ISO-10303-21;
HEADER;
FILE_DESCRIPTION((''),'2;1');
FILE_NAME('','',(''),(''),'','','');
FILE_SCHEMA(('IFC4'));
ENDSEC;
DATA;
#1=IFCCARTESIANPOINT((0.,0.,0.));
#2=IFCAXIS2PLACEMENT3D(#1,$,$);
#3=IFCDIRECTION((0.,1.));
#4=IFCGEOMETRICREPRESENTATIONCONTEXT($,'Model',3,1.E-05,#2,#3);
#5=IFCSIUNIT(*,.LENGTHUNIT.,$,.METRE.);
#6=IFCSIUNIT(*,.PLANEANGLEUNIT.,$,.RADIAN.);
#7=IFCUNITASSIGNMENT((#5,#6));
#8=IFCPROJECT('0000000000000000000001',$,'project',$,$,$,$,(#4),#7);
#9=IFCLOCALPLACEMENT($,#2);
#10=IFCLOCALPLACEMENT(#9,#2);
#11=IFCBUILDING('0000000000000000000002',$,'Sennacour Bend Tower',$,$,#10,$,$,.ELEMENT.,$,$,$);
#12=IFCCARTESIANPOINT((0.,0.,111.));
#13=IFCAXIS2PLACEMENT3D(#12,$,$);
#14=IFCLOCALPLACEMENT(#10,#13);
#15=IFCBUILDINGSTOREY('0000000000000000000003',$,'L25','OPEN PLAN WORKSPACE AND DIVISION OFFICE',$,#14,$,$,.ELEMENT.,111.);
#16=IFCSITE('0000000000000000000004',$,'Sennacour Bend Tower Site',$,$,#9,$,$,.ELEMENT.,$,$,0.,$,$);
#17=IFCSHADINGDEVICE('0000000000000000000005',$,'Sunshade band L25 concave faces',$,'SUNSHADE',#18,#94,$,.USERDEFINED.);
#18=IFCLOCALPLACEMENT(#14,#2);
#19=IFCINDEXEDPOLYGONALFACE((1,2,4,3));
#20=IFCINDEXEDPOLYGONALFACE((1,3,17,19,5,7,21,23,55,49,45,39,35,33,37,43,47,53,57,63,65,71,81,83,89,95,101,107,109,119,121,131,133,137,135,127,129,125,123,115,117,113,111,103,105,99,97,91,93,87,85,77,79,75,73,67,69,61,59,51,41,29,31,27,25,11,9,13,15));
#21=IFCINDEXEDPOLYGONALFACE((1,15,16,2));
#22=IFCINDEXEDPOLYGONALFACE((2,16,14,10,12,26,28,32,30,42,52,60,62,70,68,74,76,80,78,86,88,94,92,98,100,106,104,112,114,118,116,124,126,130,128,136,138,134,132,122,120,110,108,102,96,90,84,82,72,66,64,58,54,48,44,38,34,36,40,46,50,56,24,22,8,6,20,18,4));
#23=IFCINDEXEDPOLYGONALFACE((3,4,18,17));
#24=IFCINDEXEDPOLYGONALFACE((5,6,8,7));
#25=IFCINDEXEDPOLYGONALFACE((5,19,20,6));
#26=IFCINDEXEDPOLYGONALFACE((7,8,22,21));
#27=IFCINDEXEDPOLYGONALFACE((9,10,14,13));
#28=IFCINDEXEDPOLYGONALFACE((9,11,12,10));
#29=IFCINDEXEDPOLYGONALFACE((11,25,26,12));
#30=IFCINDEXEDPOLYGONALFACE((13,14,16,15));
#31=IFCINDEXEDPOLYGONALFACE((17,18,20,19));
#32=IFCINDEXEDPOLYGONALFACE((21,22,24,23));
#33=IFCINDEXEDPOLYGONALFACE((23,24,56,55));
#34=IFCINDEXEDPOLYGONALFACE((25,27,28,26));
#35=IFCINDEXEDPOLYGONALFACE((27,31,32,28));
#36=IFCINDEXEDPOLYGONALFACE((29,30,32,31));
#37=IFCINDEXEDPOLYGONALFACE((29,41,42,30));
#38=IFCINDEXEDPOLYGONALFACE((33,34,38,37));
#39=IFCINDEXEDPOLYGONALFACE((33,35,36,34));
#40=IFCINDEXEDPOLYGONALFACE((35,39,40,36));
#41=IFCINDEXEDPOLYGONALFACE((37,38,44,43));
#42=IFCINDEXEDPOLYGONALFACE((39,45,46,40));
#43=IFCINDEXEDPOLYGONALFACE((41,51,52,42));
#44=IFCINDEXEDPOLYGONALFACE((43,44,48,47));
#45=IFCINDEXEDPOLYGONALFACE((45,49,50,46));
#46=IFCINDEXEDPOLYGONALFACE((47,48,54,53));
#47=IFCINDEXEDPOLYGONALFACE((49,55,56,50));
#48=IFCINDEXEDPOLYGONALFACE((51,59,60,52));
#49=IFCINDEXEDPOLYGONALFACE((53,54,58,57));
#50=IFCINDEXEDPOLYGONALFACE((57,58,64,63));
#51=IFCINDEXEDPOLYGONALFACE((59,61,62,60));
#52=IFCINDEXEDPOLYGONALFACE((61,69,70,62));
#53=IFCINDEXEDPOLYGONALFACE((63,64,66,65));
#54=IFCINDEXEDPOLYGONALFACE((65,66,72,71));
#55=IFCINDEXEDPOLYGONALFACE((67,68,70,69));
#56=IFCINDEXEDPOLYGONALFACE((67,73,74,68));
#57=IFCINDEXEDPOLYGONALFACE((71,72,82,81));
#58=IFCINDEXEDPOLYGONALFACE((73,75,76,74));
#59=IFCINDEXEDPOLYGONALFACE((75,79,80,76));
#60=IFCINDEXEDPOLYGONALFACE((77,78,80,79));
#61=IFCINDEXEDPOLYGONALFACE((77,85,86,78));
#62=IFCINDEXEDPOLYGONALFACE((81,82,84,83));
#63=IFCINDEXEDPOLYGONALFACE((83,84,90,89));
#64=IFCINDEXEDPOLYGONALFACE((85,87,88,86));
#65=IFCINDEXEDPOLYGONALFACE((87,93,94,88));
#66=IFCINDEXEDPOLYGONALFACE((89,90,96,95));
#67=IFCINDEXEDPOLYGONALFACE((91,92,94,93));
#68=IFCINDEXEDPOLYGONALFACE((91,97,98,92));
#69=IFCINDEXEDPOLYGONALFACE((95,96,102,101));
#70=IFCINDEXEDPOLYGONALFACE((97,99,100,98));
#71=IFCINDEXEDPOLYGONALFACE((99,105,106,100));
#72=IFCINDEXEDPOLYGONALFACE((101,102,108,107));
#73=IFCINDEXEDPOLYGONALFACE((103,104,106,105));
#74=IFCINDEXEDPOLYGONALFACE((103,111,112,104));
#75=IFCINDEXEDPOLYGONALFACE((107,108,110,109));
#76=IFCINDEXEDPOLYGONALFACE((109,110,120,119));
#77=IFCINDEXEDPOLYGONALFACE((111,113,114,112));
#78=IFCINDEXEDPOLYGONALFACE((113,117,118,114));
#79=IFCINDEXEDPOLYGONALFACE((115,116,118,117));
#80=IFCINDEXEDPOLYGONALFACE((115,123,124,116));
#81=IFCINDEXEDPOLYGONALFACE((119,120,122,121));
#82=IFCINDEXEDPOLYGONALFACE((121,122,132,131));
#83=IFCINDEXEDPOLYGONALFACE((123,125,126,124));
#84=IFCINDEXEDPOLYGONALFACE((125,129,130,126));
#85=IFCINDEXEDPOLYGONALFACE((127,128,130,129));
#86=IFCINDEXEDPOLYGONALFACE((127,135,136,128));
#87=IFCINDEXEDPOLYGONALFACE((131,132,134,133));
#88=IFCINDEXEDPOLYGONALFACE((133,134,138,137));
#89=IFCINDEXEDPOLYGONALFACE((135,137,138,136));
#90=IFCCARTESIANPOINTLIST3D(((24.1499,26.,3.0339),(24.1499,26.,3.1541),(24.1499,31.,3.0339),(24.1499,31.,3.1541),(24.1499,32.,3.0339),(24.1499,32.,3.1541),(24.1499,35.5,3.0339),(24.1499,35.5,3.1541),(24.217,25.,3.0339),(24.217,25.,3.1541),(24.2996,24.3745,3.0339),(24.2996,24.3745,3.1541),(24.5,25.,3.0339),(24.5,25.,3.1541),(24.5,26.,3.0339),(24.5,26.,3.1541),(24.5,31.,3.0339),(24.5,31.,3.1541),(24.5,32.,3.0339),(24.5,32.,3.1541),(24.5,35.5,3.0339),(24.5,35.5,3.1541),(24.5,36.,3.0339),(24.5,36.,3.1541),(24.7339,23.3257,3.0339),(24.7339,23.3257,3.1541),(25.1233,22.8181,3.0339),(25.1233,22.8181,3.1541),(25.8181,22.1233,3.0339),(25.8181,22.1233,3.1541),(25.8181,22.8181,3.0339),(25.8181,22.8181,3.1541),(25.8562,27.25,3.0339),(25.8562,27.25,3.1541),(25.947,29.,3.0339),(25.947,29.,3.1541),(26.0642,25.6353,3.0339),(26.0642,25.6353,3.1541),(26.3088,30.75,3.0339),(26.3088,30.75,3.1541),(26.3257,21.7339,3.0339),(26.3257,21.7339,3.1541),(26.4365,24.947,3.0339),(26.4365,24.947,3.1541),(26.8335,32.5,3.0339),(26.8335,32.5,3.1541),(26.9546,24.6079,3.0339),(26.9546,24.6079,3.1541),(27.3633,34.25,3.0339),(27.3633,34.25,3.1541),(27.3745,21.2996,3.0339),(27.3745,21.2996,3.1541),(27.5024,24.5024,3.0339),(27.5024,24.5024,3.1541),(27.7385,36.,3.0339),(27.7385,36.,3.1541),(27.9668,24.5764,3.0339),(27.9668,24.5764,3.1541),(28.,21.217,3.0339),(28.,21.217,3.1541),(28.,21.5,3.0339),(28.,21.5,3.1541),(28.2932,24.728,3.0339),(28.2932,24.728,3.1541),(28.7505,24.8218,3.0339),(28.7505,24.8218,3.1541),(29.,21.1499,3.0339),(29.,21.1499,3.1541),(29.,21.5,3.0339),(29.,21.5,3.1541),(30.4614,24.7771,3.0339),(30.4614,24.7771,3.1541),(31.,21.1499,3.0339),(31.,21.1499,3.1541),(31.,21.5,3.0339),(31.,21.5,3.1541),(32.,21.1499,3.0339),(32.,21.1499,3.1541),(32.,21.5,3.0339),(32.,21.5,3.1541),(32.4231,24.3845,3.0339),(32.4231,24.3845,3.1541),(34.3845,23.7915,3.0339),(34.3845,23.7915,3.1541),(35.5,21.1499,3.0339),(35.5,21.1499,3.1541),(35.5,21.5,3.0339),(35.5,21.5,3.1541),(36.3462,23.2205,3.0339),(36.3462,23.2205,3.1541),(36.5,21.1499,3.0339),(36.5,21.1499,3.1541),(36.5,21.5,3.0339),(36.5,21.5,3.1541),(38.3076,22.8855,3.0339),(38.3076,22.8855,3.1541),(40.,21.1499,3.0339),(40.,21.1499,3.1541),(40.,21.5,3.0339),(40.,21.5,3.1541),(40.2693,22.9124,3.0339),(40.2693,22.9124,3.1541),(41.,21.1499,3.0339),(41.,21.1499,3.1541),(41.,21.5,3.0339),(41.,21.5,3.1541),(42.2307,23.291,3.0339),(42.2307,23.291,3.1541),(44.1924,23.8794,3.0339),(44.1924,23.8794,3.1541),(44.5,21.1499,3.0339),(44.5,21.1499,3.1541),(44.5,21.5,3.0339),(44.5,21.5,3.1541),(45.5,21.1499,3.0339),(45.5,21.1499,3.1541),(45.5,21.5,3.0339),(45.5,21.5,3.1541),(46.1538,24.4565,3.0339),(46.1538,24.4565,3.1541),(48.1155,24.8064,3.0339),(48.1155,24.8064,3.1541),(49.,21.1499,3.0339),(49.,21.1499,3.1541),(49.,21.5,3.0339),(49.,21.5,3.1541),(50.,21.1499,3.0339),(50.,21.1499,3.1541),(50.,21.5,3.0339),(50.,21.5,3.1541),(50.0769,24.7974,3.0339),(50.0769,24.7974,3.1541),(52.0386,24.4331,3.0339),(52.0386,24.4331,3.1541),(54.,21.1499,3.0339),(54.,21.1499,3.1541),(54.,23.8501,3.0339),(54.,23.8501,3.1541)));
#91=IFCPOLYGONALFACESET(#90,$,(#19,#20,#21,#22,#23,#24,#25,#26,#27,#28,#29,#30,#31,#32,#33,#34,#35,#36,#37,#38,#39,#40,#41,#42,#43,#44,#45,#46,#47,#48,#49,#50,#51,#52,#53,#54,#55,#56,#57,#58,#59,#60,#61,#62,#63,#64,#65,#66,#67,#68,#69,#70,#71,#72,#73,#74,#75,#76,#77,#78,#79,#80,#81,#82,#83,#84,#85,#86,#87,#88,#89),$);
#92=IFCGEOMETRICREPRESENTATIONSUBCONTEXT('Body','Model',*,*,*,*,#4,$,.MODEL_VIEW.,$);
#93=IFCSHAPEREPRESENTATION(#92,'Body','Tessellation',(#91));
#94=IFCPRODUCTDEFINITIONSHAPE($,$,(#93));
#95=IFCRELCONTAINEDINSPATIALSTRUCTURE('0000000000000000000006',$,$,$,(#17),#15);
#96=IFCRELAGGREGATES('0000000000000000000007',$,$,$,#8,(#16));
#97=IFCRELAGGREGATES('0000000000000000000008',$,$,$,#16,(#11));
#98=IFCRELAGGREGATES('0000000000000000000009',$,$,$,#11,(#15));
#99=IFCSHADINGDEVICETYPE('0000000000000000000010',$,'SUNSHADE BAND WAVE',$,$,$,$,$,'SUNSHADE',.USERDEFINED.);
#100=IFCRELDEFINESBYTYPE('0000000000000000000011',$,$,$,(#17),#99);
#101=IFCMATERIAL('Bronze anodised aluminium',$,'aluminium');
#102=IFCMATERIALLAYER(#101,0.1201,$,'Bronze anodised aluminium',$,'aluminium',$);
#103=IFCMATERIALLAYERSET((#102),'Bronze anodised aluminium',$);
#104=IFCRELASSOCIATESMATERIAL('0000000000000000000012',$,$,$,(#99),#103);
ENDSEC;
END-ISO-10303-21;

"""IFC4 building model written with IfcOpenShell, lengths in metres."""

from ifc_helpers import new_model, si_unit, direction, frame, origin, place, context, subcontext, project, spatial, polyline, outline, extrude, material, layer, layer_set, type_object, element, save


model = new_model("IFC4")

# Units and contexts
model_context = context("Model", 3, precision=1e-05, world=origin(), true_north=direction((0.0, 1.0)))
body_context = subcontext(model_context, "Body", "Model", "MODEL_VIEW")
ifc_project = project(units=[si_unit("LENGTHUNIT", "METRE"), si_unit("PLANEANGLEUNIT", "RADIAN")], contexts=[model_context])

# Site, building, storey
site_placement = place(None, origin())
site = spatial("IfcSite", under=ifc_project, at=site_placement, Name="Sennacour Bend Tower Site", CompositionType="ELEMENT", RefElevation=0.0)
building_placement = place(site_placement, origin())
building = spatial("IfcBuilding", under=site, at=building_placement, Name="Sennacour Bend Tower", CompositionType="ELEMENT")
storey_placement = place(building_placement, frame((0.0, 0.0, 111.0)))
storey = spatial("IfcBuildingStorey", under=building, at=storey_placement, Name="L25", Description="OPEN PLAN WORKSPACE AND DIVISION OFFICE", CompositionType="ELEMENT", Elevation=111.0)

# Shading device
ifc_material_1 = material(Name="Bronze anodised aluminium", Category="aluminium")
ifc_layer_1 = layer(ifc_material_1, 0.1201, Name="Bronze anodised aluminium", Category="aluminium")
ifc_layer_set_1 = layer_set([ifc_layer_1], Name="Bronze anodised aluminium")
shading_device_type_1 = type_object("IfcShadingDeviceType", Name="SUNSHADE BAND WAVE", ElementType="SUNSHADE", PredefinedType="USERDEFINED", material=ifc_layer_set_1)
shading_device_1_placement = place(storey_placement, frame((0.0, 0.0, 3.0339)))
element("IfcShadingDevice", 1, at=shading_device_1_placement, inside=storey, type_object=shading_device_type_1, Name="Sunshade band L25 concave faces", ObjectType="SUNSHADE", PredefinedType="USERDEFINED", context=body_context, shape_type="SweptSolid", body=[
    extrude(outline(polyline([(54.0, 21.1499), (50.0, 21.1499), (50.0, 21.5), (49.0, 21.5), (49.0, 21.1499), (45.5, 21.1499), (45.5, 21.5), (44.5, 21.5), (44.5, 21.1499), (41.0, 21.1499), (41.0, 21.5), (40.0, 21.5), (40.0, 21.1499), (36.5, 21.1499), (36.5, 21.5), (35.5, 21.5), (35.5, 21.1499), (32.0, 21.1499), (32.0, 21.5), (31.0, 21.5), (31.0, 21.1499), (29.0, 21.1499), (29.0, 21.5), (28.0, 21.5), (28.0, 21.217), (27.3745, 21.2996), (26.3257, 21.7339), (25.8181, 22.1233), (25.8181, 22.8181), (25.1233, 22.8181), (24.7339, 23.3257), (24.2996, 24.3745), (24.217, 25.0), (24.5, 25.0), (24.5, 26.0), (24.1499, 26.0), (24.1499, 31.0), (24.5, 31.0), (24.5, 32.0), (24.1499, 32.0), (24.1499, 35.5), (24.5, 35.5), (24.5, 36.0), (27.7385, 36.0), (27.3633, 34.25), (26.8335, 32.5), (26.3088, 30.75), (25.947, 29.0), (25.8562, 27.25), (26.0642, 25.6353), (26.4365, 24.947), (26.9546, 24.6079), (27.5024, 24.5024), (27.9668, 24.5764), (28.2932, 24.728), (28.7505, 24.8218), (30.4614, 24.7771), (32.4231, 24.3845), (34.3845, 23.7915), (36.3462, 23.2205), (38.3076, 22.8855), (40.2693, 22.9124), (42.2307, 23.291), (44.1924, 23.8794), (46.1538, 24.4565), (48.1155, 24.8064), (50.0769, 24.7974), (52.0386, 24.4331), (54.0, 23.8501), (54.0, 21.1499)])), origin(), (0.0, 0.0, 1.0), 0.1201),
])

save(model, "model.ifc")
